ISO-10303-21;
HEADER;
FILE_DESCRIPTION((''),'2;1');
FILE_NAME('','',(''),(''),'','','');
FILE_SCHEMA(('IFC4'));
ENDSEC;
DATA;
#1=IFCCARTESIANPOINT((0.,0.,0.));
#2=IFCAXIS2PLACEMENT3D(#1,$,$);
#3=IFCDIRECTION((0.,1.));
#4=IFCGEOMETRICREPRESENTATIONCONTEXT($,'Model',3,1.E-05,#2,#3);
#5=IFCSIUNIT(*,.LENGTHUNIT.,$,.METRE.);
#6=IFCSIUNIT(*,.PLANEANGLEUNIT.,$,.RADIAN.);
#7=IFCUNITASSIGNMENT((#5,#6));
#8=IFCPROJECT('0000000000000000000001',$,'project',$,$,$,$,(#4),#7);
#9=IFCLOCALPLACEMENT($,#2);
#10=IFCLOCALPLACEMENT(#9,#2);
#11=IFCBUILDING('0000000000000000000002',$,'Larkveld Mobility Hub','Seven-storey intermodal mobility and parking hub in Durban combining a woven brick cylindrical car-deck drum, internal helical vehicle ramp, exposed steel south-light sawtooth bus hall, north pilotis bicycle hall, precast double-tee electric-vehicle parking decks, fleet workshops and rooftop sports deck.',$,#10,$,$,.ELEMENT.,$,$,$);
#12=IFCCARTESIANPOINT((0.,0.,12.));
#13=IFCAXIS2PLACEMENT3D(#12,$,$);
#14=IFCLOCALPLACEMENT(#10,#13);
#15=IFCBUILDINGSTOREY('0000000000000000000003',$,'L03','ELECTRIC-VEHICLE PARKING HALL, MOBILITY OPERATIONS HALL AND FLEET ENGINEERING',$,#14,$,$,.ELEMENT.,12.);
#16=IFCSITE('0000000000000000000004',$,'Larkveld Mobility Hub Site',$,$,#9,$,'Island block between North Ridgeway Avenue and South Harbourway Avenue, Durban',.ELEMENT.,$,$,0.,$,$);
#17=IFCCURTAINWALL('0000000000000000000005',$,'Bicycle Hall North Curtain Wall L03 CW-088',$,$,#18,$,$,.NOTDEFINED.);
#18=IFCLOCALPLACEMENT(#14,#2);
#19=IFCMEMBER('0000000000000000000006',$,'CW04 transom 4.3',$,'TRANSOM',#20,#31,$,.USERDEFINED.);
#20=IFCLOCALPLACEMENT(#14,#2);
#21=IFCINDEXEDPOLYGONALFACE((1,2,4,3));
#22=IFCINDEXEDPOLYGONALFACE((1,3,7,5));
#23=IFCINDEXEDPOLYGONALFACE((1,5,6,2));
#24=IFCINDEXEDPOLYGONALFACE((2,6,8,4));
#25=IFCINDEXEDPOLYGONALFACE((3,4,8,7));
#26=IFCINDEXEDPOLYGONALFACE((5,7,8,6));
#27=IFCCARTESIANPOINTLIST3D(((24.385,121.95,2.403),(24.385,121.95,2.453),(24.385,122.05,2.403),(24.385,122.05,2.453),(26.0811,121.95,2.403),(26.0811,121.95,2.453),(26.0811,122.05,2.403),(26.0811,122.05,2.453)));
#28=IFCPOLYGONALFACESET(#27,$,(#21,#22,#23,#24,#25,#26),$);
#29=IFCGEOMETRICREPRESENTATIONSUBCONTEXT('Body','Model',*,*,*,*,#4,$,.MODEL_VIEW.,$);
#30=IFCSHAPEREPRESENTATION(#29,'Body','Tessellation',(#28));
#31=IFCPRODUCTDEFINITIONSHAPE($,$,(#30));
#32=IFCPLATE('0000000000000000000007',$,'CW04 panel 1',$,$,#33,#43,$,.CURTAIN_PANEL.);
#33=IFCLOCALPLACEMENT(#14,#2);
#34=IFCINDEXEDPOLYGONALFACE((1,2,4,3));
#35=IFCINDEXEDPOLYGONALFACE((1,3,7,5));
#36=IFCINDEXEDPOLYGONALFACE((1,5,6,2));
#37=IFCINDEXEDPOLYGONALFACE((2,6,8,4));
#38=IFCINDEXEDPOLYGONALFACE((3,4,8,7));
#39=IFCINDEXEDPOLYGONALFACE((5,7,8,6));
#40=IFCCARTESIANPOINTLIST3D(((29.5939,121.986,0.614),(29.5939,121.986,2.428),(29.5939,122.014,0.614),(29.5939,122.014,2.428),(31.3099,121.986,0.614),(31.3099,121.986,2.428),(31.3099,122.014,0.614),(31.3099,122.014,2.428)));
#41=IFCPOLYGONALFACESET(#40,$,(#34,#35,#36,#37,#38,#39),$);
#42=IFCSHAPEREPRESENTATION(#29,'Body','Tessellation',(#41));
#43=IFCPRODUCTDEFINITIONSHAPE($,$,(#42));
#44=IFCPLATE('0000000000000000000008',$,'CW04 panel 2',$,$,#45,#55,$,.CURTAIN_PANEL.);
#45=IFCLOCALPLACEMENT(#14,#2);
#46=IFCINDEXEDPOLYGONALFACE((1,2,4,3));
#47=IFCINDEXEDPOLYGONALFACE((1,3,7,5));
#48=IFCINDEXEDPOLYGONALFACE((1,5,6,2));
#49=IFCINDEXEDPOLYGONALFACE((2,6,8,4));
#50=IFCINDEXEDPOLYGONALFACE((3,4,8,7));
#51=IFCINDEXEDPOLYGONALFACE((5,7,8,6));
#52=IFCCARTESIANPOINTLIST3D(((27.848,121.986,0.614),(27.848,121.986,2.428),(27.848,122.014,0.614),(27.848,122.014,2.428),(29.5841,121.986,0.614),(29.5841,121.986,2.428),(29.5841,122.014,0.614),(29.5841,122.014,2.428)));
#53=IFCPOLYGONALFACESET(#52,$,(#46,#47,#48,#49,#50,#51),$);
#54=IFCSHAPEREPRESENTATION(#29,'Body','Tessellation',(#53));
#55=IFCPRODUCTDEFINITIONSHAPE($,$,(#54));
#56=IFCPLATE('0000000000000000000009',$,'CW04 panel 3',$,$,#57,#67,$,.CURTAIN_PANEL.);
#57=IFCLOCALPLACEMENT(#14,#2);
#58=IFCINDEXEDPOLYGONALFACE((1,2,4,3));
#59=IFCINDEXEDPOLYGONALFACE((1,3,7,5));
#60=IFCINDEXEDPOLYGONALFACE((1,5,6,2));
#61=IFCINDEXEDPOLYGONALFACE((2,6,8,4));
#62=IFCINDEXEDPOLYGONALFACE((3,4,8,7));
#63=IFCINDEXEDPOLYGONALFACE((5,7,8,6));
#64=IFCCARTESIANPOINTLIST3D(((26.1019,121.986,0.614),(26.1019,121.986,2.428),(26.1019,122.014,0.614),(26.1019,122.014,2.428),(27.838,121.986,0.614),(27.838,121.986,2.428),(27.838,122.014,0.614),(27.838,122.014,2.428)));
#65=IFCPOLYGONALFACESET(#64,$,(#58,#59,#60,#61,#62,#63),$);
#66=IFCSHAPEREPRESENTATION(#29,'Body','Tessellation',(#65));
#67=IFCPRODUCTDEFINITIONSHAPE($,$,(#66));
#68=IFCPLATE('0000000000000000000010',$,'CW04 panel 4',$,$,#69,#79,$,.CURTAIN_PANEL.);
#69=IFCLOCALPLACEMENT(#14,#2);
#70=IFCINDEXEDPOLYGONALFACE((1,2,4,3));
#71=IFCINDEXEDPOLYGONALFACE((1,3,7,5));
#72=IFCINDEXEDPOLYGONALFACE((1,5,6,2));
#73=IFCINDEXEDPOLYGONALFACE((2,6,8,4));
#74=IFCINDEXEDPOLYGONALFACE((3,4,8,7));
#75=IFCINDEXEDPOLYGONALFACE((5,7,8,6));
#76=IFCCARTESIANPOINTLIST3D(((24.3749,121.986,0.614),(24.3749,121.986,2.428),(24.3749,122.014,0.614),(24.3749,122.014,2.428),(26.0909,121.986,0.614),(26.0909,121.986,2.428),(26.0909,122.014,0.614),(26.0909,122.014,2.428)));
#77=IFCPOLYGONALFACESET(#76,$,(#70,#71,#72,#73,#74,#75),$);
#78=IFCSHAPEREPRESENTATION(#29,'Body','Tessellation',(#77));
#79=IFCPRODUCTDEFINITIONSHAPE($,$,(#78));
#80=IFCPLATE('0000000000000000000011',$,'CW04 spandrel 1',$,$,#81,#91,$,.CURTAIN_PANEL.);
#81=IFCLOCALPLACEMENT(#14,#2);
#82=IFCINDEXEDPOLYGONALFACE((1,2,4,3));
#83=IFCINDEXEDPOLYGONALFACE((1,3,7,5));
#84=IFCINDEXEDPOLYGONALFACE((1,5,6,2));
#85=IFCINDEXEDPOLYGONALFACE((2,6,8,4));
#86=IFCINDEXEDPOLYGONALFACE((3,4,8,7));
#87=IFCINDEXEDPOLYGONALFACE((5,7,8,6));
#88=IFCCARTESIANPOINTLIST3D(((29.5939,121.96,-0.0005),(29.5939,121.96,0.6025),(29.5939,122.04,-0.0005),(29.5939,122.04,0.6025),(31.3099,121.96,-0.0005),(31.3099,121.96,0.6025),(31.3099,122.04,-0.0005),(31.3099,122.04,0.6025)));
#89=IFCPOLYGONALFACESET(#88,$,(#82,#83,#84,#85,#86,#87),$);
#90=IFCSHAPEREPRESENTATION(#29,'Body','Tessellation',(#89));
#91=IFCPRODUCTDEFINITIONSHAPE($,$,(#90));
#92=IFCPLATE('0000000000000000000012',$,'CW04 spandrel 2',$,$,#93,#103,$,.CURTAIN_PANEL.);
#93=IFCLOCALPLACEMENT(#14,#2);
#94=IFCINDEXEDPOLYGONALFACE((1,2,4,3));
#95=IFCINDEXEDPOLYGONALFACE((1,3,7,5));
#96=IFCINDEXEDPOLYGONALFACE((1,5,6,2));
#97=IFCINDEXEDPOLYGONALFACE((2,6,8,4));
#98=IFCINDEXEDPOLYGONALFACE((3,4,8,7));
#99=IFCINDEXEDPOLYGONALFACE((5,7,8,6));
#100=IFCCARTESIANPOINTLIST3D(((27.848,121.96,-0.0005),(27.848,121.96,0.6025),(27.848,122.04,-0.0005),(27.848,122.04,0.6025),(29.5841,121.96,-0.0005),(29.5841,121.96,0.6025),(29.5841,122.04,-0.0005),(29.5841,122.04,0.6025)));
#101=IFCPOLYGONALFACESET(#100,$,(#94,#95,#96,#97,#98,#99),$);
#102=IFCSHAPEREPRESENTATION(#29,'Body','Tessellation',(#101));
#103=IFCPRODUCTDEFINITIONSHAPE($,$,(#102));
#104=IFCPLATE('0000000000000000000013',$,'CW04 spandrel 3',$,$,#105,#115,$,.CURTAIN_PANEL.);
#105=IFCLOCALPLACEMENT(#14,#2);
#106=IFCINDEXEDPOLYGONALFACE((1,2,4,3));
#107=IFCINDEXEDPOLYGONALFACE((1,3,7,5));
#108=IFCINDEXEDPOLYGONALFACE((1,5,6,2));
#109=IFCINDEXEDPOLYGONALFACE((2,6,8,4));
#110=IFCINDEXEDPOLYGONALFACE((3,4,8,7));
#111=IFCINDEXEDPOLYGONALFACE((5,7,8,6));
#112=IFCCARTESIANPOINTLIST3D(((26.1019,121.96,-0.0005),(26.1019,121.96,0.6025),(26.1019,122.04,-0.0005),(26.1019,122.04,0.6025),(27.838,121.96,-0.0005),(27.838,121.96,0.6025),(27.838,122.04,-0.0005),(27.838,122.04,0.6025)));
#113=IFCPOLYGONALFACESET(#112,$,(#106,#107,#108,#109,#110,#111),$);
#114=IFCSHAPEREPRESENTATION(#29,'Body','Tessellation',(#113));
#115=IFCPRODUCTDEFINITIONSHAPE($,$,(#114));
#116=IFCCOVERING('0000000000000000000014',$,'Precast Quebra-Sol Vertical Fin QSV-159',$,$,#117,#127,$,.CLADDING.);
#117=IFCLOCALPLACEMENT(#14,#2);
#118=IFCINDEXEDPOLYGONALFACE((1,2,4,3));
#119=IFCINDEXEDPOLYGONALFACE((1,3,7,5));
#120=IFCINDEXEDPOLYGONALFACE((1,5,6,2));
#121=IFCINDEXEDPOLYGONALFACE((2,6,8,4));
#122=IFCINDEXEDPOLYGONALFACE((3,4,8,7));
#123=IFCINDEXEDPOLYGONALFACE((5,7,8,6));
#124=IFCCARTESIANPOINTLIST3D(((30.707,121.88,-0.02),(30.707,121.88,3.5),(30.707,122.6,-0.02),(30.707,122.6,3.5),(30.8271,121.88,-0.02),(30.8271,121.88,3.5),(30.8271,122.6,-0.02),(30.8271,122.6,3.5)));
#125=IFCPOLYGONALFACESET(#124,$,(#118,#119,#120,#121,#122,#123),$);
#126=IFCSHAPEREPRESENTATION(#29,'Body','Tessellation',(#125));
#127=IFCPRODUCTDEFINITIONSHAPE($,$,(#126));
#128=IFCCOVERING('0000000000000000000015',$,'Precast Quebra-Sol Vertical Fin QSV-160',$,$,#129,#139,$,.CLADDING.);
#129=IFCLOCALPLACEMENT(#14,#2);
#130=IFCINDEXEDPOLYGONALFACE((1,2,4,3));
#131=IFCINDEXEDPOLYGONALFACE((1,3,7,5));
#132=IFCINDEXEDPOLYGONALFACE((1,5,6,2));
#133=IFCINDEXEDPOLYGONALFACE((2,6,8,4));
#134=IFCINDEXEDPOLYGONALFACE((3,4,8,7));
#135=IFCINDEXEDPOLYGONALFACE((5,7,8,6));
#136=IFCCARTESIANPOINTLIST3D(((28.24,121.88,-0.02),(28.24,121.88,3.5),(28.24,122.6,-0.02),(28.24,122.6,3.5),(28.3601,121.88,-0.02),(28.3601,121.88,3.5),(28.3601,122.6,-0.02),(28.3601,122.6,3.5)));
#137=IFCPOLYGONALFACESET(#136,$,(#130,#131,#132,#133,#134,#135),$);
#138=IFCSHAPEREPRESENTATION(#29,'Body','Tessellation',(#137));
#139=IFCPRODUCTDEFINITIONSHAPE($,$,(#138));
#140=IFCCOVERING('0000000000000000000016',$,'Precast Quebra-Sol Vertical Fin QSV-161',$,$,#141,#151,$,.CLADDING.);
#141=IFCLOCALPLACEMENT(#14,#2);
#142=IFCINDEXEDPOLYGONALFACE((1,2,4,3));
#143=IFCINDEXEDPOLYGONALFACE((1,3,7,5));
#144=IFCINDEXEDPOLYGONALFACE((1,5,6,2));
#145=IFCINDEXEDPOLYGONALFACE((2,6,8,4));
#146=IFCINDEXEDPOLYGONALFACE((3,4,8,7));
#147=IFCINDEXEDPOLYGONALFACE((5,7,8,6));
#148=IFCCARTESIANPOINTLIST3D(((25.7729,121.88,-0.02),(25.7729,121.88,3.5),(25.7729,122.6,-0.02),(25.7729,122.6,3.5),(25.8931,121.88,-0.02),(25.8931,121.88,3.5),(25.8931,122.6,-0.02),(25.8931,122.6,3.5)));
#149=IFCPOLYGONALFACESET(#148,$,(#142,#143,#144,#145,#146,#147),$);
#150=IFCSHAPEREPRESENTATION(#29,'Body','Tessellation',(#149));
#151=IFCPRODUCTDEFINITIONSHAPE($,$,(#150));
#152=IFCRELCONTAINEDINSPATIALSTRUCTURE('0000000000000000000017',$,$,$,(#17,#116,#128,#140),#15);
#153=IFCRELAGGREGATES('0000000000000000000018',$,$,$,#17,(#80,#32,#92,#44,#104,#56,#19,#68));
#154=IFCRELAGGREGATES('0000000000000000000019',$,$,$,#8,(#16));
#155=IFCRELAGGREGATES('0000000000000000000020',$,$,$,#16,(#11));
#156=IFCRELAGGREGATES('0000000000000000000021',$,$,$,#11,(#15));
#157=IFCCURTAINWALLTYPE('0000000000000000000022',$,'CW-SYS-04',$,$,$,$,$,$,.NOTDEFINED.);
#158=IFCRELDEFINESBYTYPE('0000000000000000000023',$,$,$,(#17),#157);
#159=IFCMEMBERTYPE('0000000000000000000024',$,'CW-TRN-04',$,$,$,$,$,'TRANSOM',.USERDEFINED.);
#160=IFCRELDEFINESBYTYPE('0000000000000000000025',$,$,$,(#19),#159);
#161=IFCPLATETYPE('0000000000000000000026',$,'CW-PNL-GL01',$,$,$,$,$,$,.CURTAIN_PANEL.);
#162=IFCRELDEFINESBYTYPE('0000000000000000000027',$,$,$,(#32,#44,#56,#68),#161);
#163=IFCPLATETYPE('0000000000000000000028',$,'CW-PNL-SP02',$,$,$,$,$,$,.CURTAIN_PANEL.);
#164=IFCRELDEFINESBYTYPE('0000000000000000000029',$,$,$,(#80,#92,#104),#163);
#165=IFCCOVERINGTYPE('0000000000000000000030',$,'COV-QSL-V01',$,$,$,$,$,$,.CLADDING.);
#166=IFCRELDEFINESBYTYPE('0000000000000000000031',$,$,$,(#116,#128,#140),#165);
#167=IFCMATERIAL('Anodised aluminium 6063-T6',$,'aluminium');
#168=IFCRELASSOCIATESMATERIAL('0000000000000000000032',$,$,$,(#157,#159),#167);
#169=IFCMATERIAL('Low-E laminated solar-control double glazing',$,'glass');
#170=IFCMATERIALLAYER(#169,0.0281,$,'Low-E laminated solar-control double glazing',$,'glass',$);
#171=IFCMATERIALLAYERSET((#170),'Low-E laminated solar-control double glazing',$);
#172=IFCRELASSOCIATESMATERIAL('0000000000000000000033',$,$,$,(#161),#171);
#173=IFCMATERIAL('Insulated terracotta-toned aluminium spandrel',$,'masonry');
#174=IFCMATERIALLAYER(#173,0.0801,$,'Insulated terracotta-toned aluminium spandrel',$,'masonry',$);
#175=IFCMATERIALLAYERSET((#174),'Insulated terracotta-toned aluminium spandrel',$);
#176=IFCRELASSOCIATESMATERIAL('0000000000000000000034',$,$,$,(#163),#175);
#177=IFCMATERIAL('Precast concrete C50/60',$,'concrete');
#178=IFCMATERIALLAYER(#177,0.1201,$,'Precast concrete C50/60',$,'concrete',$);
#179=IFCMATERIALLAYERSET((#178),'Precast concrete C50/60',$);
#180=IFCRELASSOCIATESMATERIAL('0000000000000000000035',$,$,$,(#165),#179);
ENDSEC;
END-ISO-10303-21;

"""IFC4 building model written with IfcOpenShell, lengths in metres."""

from ifc_helpers import new_model, si_unit, direction, frame, origin, origin_2d, place, context, subcontext, project, spatial, rectangle, extrude, material, layer, layer_set, material_profile, profile_set, type_object, element, aggregate, save


model = new_model("IFC4")

# Units and contexts
model_context = context("Model", 3, precision=1e-05, world=origin(), true_north=direction((0.0, 1.0)))
body_context = subcontext(model_context, "Body", "Model", "MODEL_VIEW")
ifc_project = project(units=[si_unit("LENGTHUNIT", "METRE"), si_unit("PLANEANGLEUNIT", "RADIAN")], contexts=[model_context])

# Site, building, storey
site_placement = place(None, origin())
site = spatial("IfcSite", under=ifc_project, at=site_placement, Name="Larkveld Mobility Hub Site", LongName="Island block between North Ridgeway Avenue and South Harbourway Avenue, Durban", CompositionType="ELEMENT", RefElevation=0.0)
building_placement = place(site_placement, origin())
building = spatial("IfcBuilding", under=site, at=building_placement, Name="Larkveld Mobility Hub", Description="Seven-storey intermodal mobility and parking hub in Durban combining a woven brick cylindrical car-deck drum, internal helical vehicle ramp, exposed steel south-light sawtooth bus hall, north pilotis bicycle hall, precast double-tee electric-vehicle parking decks, fleet workshops and rooftop sports deck.", CompositionType="ELEMENT")
storey_placement = place(building_placement, frame((0.0, 0.0, 12.0)))
storey = spatial("IfcBuildingStorey", under=building, at=storey_placement, Name="L03", Description="ELECTRIC-VEHICLE PARKING HALL, MOBILITY OPERATIONS HALL AND FLEET ENGINEERING", CompositionType="ELEMENT", Elevation=12.0)

# Curtain wall, member, plates
ifc_material_1 = material(Name="Anodised aluminium 6063-T6", Category="aluminium")
curtain_wall_type = type_object("IfcCurtainWallType", Name="CW-SYS-04", PredefinedType="NOTDEFINED", material=ifc_material_1)
curtain_wall_placement = place(storey_placement, origin())
curtain_wall = element("IfcCurtainWall", 1, at=curtain_wall_placement, inside=storey, type_object=curtain_wall_type, Name="Bicycle Hall North Curtain Wall L03 CW-088", PredefinedType="NOTDEFINED")
ifc_material_profile_1 = material_profile(ifc_material_1, rectangle(XDim=0.1001, YDim=0.05, at=origin_2d()), Name="ALU TRAN 50x100")
ifc_profile_set_1 = profile_set([ifc_material_profile_1], Name="Anodised aluminium 6063-T6")
member_type_1 = type_object("IfcMemberType", Name="CW-TRN-04", ElementType="TRANSOM", PredefinedType="USERDEFINED", material=ifc_profile_set_1)
member_1_placement = place(storey_placement, frame((26.0811, 122.0, 2.428), z_axis=(-1.0, 0.0, 0.0), x_axis=(0.0, -1.0, 0.0)))
member_1 = element("IfcMember", 2, at=member_1_placement, type_object=member_type_1, Name="CW04 transom 4.3", ObjectType="TRANSOM", PredefinedType="USERDEFINED", context=body_context, shape_type="SweptSolid", body=[
    extrude(rectangle(XDim=0.1001, YDim=0.05, at=origin_2d()), origin(), (0.0, 0.0, 1.0), 1.696),
])
ifc_material_2 = material(Name="Low-E laminated solar-control double glazing", Category="glass")
ifc_layer_1 = layer(ifc_material_2, 0.0281, Name="Low-E laminated solar-control double glazing", Category="glass")
ifc_layer_set_1 = layer_set([ifc_layer_1], Name="Low-E laminated solar-control double glazing")
plate_type_1 = type_object("IfcPlateType", Name="CW-PNL-GL01", PredefinedType="CURTAIN_PANEL", material=ifc_layer_set_1)
plate_1_placement = place(storey_placement, frame((30.4519, 122.0, 0.614), z_axis=(0.0, 0.0, 1.0), x_axis=(-1.0, 0.0, 0.0)))
plate_1 = element("IfcPlate", 3, at=plate_1_placement, type_object=plate_type_1, Name="CW04 panel 1", PredefinedType="CURTAIN_PANEL", context=body_context, shape_type="SweptSolid", body=[
    extrude(rectangle(XDim=1.7161, YDim=0.0281, at=origin_2d()), origin(), (0.0, 0.0, 1.0), 1.814),
])
plate_2_placement = place(storey_placement, frame((28.7161, 122.0, 0.614), z_axis=(0.0, 0.0, 1.0), x_axis=(-1.0, 0.0, 0.0)))
plate_2 = element("IfcPlate", 4, at=plate_2_placement, type_object=plate_type_1, Name="CW04 panel 2", PredefinedType="CURTAIN_PANEL", context=body_context, shape_type="SweptSolid", body=[
    extrude(rectangle(XDim=1.7361, YDim=0.0281, at=origin_2d()), origin(), (0.0, 0.0, 1.0), 1.814),
])
plate_3_placement = place(storey_placement, frame((26.97, 122.0, 0.614), z_axis=(0.0, 0.0, 1.0), x_axis=(-1.0, 0.0, 0.0)))
plate_3 = element("IfcPlate", 5, at=plate_3_placement, type_object=plate_type_1, Name="CW04 panel 3", PredefinedType="CURTAIN_PANEL", context=body_context, shape_type="SweptSolid", body=[
    extrude(rectangle(XDim=1.7361, YDim=0.0281, at=origin_2d()), origin(), (0.0, 0.0, 1.0), 1.814),
])
plate_4_placement = place(storey_placement, frame((25.2329, 122.0, 0.614), z_axis=(0.0, 0.0, 1.0), x_axis=(-1.0, 0.0, 0.0)))
plate_4 = element("IfcPlate", 6, at=plate_4_placement, type_object=plate_type_1, Name="CW04 panel 4", PredefinedType="CURTAIN_PANEL", context=body_context, shape_type="SweptSolid", body=[
    extrude(rectangle(XDim=1.7161, YDim=0.0281, at=origin_2d()), origin(), (0.0, 0.0, 1.0), 1.814),
])
ifc_material_3 = material(Name="Insulated terracotta-toned aluminium spandrel", Category="masonry")
ifc_layer_2 = layer(ifc_material_3, 0.0801, Name="Insulated terracotta-toned aluminium spandrel", Category="masonry")
ifc_layer_set_2 = layer_set([ifc_layer_2], Name="Insulated terracotta-toned aluminium spandrel")
plate_type_2 = type_object("IfcPlateType", Name="CW-PNL-SP02", PredefinedType="CURTAIN_PANEL", material=ifc_layer_set_2)
plate_5_placement = place(storey_placement, frame((30.4519, 122.0, -0.0005), z_axis=(0.0, 0.0, 1.0), x_axis=(-1.0, 0.0, 0.0)))
plate_5 = element("IfcPlate", 7, at=plate_5_placement, type_object=plate_type_2, Name="CW04 spandrel 1", PredefinedType="CURTAIN_PANEL", context=body_context, shape_type="SweptSolid", body=[
    extrude(rectangle(XDim=1.7161, YDim=0.0801, at=origin_2d()), origin(), (0.0, 0.0, 1.0), 0.603),
])
plate_6_placement = place(storey_placement, frame((28.7161, 122.0, -0.0005), z_axis=(0.0, 0.0, 1.0), x_axis=(-1.0, 0.0, 0.0)))
plate_6 = element("IfcPlate", 8, at=plate_6_placement, type_object=plate_type_2, Name="CW04 spandrel 2", PredefinedType="CURTAIN_PANEL", context=body_context, shape_type="SweptSolid", body=[
    extrude(rectangle(XDim=1.7361, YDim=0.0801, at=origin_2d()), origin(), (0.0, 0.0, 1.0), 0.603),
])
plate_7_placement = place(storey_placement, frame((26.97, 122.0, -0.0005), z_axis=(0.0, 0.0, 1.0), x_axis=(-1.0, 0.0, 0.0)))
plate_7 = element("IfcPlate", 9, at=plate_7_placement, type_object=plate_type_2, Name="CW04 spandrel 3", PredefinedType="CURTAIN_PANEL", context=body_context, shape_type="SweptSolid", body=[
    extrude(rectangle(XDim=1.7361, YDim=0.0801, at=origin_2d()), origin(), (0.0, 0.0, 1.0), 0.603),
])
aggregate(curtain_wall, [plate_5, plate_1, plate_6, plate_2, plate_7, plate_3, member_1, plate_4])

# Coverings
ifc_material_4 = material(Name="Precast concrete C50/60", Category="concrete")
ifc_layer_3 = layer(ifc_material_4, 0.1201, Name="Precast concrete C50/60", Category="concrete")
ifc_layer_set_3 = layer_set([ifc_layer_3], Name="Precast concrete C50/60")
covering_type = type_object("IfcCoveringType", Name="COV-QSL-V01", PredefinedType="CLADDING", material=ifc_layer_set_3)
for number, where, z_axis, x_axis, name in (
    (10, (30.7671, 122.24, -0.02), (0.0, 0.0, 1.0), (-1.0, 0.0, 0.0), "Precast Quebra-Sol Vertical Fin QSV-159"),
    (11, (28.3, 122.24, -0.02), (0.0, 0.0, 1.0), (-1.0, 0.0, 0.0), "Precast Quebra-Sol Vertical Fin QSV-160"),
    (12, (25.833, 122.24, -0.02), (0.0, 0.0, 1.0), (-1.0, 0.0, 0.0), "Precast Quebra-Sol Vertical Fin QSV-161"),
):
    element("IfcCovering", number, at=place(storey_placement, frame(where, z_axis=z_axis, x_axis=x_axis)), inside=storey, type_object=covering_type, Name=name, PredefinedType="CLADDING", context=body_context, shape_type="SweptSolid", body=[
        extrude(rectangle(XDim=0.1201, YDim=0.72, at=origin_2d()), origin(), (0.0, 0.0, 1.0), 3.52),
    ])

save(model, "model.ifc")
